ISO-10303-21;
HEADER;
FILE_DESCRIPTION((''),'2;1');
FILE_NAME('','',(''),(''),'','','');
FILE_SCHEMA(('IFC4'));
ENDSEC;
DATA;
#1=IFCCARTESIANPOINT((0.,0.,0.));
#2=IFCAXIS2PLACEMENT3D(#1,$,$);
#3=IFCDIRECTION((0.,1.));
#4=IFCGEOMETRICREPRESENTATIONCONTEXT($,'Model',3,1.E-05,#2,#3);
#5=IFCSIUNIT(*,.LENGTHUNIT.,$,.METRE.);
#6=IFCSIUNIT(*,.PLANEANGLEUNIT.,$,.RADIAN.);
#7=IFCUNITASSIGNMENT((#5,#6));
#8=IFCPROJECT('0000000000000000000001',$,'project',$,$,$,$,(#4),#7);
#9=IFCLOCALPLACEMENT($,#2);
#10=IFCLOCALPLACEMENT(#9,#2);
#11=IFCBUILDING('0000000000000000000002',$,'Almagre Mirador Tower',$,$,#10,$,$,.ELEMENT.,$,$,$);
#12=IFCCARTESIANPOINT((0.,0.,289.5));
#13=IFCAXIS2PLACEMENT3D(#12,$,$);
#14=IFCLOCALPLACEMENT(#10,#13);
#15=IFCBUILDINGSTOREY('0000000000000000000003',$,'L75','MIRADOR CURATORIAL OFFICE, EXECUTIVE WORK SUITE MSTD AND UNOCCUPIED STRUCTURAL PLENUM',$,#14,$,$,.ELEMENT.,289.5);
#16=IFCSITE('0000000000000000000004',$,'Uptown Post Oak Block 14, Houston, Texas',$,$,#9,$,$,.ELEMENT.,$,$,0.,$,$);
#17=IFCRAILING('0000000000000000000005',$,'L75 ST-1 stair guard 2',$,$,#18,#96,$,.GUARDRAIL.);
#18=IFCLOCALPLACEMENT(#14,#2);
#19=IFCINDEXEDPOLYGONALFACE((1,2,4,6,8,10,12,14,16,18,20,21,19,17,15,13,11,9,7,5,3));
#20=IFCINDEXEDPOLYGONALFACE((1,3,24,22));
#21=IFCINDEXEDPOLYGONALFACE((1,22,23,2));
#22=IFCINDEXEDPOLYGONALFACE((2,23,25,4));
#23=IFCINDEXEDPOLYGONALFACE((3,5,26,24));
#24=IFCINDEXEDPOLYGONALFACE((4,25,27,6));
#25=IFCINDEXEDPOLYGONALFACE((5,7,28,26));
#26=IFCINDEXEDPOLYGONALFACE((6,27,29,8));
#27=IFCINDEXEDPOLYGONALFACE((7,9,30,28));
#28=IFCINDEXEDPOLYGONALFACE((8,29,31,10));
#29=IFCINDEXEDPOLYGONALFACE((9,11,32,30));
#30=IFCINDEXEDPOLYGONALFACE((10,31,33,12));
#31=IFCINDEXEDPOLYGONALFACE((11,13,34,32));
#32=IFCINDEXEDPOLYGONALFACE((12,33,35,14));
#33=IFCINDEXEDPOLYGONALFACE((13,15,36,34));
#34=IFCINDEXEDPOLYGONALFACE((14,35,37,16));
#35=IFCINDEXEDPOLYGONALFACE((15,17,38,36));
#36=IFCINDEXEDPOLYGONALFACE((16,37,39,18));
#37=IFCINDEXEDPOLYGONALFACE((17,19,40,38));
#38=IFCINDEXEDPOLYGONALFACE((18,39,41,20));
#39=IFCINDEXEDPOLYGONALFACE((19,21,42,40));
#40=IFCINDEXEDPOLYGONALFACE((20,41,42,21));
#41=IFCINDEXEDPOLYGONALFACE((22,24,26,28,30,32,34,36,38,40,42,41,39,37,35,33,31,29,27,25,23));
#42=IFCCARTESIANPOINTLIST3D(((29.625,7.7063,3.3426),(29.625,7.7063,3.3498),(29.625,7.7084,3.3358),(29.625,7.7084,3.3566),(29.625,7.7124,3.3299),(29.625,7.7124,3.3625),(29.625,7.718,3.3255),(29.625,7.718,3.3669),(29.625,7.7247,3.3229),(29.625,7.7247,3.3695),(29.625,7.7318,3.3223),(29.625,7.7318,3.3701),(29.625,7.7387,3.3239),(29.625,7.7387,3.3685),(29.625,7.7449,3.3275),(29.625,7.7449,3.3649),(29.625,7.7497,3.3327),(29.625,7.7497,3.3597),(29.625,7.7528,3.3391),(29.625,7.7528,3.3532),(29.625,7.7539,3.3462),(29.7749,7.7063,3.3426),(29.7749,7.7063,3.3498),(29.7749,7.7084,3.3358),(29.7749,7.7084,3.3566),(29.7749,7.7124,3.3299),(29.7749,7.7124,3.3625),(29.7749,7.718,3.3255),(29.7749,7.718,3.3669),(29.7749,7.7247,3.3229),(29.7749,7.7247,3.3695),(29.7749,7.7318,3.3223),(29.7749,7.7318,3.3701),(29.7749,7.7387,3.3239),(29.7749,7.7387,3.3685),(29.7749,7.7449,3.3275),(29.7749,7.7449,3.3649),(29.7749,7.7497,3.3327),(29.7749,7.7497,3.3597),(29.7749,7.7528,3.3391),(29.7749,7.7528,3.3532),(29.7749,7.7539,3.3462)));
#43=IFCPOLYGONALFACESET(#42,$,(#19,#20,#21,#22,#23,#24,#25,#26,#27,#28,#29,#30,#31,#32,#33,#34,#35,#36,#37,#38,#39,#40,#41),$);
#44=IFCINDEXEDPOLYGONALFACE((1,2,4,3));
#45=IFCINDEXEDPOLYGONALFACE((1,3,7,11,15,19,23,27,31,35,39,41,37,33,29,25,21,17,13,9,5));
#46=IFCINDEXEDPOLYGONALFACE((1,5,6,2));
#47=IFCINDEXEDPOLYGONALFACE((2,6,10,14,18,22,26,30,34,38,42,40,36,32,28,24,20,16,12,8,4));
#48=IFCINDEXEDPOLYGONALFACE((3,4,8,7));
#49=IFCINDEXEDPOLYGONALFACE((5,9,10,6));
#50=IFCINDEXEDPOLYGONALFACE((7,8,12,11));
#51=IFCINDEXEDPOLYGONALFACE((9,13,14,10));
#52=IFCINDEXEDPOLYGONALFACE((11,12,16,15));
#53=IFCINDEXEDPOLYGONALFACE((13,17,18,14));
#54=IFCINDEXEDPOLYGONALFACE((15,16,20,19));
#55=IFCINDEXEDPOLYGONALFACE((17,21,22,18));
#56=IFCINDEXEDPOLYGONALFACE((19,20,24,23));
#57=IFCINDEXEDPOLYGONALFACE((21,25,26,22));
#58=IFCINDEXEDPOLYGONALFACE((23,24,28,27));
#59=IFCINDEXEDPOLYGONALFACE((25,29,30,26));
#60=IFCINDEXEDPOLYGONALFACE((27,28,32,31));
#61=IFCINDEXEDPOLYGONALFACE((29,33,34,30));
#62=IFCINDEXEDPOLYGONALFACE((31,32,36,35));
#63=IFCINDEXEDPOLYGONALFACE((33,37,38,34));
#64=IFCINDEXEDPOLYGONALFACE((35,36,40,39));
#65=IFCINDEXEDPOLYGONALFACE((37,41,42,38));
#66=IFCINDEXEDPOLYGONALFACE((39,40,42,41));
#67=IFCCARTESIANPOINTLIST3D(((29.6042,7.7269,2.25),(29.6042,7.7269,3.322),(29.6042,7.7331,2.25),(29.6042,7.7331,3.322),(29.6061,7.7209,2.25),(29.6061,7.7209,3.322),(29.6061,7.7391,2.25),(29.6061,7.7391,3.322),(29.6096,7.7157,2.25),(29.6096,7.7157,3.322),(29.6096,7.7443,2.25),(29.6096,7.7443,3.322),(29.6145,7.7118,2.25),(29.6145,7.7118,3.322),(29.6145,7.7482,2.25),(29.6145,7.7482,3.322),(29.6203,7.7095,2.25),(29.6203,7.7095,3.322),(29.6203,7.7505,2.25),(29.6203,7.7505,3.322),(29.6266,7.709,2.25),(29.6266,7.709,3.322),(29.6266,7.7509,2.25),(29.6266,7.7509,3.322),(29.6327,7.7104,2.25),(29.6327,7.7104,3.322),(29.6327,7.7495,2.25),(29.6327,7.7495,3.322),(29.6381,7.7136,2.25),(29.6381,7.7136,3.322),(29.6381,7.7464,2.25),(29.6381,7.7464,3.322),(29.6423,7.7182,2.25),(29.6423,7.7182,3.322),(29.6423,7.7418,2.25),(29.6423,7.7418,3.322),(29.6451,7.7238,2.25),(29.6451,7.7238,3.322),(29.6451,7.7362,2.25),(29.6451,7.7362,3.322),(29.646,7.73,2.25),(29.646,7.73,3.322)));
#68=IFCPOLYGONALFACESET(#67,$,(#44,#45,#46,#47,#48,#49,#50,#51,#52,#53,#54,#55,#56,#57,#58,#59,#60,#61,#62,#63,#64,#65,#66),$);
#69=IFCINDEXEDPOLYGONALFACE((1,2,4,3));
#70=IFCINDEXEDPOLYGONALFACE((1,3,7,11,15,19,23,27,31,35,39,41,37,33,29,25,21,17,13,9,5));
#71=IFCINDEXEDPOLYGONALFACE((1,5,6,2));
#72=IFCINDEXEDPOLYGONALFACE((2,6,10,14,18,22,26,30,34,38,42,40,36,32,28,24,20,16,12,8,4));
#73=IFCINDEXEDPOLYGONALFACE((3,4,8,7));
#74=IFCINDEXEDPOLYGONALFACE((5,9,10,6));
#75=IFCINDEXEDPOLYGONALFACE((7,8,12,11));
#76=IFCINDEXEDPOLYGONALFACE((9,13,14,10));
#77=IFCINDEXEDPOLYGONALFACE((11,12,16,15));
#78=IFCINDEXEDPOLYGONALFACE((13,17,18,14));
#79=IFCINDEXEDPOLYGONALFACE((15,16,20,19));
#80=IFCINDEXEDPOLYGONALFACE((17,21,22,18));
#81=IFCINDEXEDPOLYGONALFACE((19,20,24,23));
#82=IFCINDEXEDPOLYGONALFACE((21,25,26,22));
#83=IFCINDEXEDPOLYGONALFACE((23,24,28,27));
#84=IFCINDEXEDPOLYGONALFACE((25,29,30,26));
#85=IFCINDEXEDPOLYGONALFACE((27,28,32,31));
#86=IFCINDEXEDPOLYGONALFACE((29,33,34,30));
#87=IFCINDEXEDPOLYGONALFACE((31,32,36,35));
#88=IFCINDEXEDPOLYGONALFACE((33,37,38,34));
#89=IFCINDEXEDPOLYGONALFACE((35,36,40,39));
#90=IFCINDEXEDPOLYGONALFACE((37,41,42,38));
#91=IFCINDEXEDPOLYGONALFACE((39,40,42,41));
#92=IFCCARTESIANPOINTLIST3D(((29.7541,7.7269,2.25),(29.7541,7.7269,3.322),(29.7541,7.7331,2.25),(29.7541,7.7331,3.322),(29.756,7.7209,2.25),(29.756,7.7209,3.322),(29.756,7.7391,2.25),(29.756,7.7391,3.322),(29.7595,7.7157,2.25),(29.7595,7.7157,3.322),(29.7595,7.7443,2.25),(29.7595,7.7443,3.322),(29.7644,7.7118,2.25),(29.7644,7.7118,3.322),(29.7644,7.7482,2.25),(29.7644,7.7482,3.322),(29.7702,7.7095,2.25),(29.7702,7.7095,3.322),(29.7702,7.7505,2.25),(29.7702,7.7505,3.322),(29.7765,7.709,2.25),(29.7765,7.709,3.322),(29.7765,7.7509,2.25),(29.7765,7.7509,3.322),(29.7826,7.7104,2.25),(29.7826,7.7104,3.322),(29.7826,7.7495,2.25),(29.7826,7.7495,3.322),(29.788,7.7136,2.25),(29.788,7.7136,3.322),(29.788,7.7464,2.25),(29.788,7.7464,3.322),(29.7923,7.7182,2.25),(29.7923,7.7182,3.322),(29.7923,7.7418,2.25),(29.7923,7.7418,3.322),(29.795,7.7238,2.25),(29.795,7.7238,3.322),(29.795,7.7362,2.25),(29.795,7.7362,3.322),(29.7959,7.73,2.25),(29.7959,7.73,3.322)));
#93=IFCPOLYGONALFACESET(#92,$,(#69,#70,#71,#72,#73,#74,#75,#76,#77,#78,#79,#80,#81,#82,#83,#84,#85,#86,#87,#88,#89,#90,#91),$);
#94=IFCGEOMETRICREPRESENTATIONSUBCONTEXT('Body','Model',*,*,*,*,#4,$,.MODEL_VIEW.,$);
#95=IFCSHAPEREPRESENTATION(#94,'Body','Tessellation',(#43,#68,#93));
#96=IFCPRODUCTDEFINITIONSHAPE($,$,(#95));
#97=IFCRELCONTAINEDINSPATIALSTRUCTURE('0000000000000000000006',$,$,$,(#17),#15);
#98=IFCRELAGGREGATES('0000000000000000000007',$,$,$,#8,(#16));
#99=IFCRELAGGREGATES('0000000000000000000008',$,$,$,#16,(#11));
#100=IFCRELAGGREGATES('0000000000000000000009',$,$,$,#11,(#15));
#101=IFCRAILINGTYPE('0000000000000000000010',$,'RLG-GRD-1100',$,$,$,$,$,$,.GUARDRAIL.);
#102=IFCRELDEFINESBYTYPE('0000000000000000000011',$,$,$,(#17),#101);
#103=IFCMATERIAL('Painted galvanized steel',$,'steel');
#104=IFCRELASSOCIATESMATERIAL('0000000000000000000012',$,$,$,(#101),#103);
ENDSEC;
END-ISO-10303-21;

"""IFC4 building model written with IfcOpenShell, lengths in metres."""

from ifc_helpers import new_model, si_unit, direction, frame, origin, origin_2d, place, context, subcontext, project, spatial, circle, extrude, material, type_object, element, save


model = new_model("IFC4")

# Units and contexts
model_context = context("Model", 3, precision=1e-05, world=origin(), true_north=direction((0.0, 1.0)))
body_context = subcontext(model_context, "Body", "Model", "MODEL_VIEW")
ifc_project = project(units=[si_unit("LENGTHUNIT", "METRE"), si_unit("PLANEANGLEUNIT", "RADIAN")], contexts=[model_context])

# Site, building, storey
site_placement = place(None, origin())
site = spatial("IfcSite", under=ifc_project, at=site_placement, Name="Uptown Post Oak Block 14, Houston, Texas", CompositionType="ELEMENT", RefElevation=0.0)
building_placement = place(site_placement, origin())
building = spatial("IfcBuilding", under=site, at=building_placement, Name="Almagre Mirador Tower", CompositionType="ELEMENT")
storey_placement = place(building_placement, frame((0.0, 0.0, 289.5)))
storey = spatial("IfcBuildingStorey", under=building, at=storey_placement, Name="L75", Description="MIRADOR CURATORIAL OFFICE, EXECUTIVE WORK SUITE MSTD AND UNOCCUPIED STRUCTURAL PLENUM", CompositionType="ELEMENT", Elevation=289.5)

# Railing
ifc_material_1 = material(Name="Painted galvanized steel", Category="steel")
railing_type_1 = type_object("IfcRailingType", Name="RLG-GRD-1100", PredefinedType="GUARDRAIL", material=ifc_material_1)
railing_1_placement = place(storey_placement, frame((29.625, 7.73, 2.25)))
element("IfcRailing", 1, at=railing_1_placement, inside=storey, type_object=railing_type_1, Name="L75 ST-1 stair guard 2", PredefinedType="GUARDRAIL", context=body_context, shape_type="SweptSolid", body=[
    extrude(circle(Radius=0.0239, at=origin_2d()), frame((0.0, 0.0, 1.0962), z_axis=(1.0, 0.0, 0.0), x_axis=(0.0, 1.0, 0.0)), (0.0, 0.0, 1.0), 0.1499),
    extrude(circle(Radius=0.021, at=origin_2d()), origin(), (0.0, 0.0, 1.0), 1.072),
    extrude(circle(Radius=0.021, at=origin_2d()), frame((0.1499, 0.0, 0.0)), (0.0, 0.0, 1.0), 1.072),
])

save(model, "model.ifc")
